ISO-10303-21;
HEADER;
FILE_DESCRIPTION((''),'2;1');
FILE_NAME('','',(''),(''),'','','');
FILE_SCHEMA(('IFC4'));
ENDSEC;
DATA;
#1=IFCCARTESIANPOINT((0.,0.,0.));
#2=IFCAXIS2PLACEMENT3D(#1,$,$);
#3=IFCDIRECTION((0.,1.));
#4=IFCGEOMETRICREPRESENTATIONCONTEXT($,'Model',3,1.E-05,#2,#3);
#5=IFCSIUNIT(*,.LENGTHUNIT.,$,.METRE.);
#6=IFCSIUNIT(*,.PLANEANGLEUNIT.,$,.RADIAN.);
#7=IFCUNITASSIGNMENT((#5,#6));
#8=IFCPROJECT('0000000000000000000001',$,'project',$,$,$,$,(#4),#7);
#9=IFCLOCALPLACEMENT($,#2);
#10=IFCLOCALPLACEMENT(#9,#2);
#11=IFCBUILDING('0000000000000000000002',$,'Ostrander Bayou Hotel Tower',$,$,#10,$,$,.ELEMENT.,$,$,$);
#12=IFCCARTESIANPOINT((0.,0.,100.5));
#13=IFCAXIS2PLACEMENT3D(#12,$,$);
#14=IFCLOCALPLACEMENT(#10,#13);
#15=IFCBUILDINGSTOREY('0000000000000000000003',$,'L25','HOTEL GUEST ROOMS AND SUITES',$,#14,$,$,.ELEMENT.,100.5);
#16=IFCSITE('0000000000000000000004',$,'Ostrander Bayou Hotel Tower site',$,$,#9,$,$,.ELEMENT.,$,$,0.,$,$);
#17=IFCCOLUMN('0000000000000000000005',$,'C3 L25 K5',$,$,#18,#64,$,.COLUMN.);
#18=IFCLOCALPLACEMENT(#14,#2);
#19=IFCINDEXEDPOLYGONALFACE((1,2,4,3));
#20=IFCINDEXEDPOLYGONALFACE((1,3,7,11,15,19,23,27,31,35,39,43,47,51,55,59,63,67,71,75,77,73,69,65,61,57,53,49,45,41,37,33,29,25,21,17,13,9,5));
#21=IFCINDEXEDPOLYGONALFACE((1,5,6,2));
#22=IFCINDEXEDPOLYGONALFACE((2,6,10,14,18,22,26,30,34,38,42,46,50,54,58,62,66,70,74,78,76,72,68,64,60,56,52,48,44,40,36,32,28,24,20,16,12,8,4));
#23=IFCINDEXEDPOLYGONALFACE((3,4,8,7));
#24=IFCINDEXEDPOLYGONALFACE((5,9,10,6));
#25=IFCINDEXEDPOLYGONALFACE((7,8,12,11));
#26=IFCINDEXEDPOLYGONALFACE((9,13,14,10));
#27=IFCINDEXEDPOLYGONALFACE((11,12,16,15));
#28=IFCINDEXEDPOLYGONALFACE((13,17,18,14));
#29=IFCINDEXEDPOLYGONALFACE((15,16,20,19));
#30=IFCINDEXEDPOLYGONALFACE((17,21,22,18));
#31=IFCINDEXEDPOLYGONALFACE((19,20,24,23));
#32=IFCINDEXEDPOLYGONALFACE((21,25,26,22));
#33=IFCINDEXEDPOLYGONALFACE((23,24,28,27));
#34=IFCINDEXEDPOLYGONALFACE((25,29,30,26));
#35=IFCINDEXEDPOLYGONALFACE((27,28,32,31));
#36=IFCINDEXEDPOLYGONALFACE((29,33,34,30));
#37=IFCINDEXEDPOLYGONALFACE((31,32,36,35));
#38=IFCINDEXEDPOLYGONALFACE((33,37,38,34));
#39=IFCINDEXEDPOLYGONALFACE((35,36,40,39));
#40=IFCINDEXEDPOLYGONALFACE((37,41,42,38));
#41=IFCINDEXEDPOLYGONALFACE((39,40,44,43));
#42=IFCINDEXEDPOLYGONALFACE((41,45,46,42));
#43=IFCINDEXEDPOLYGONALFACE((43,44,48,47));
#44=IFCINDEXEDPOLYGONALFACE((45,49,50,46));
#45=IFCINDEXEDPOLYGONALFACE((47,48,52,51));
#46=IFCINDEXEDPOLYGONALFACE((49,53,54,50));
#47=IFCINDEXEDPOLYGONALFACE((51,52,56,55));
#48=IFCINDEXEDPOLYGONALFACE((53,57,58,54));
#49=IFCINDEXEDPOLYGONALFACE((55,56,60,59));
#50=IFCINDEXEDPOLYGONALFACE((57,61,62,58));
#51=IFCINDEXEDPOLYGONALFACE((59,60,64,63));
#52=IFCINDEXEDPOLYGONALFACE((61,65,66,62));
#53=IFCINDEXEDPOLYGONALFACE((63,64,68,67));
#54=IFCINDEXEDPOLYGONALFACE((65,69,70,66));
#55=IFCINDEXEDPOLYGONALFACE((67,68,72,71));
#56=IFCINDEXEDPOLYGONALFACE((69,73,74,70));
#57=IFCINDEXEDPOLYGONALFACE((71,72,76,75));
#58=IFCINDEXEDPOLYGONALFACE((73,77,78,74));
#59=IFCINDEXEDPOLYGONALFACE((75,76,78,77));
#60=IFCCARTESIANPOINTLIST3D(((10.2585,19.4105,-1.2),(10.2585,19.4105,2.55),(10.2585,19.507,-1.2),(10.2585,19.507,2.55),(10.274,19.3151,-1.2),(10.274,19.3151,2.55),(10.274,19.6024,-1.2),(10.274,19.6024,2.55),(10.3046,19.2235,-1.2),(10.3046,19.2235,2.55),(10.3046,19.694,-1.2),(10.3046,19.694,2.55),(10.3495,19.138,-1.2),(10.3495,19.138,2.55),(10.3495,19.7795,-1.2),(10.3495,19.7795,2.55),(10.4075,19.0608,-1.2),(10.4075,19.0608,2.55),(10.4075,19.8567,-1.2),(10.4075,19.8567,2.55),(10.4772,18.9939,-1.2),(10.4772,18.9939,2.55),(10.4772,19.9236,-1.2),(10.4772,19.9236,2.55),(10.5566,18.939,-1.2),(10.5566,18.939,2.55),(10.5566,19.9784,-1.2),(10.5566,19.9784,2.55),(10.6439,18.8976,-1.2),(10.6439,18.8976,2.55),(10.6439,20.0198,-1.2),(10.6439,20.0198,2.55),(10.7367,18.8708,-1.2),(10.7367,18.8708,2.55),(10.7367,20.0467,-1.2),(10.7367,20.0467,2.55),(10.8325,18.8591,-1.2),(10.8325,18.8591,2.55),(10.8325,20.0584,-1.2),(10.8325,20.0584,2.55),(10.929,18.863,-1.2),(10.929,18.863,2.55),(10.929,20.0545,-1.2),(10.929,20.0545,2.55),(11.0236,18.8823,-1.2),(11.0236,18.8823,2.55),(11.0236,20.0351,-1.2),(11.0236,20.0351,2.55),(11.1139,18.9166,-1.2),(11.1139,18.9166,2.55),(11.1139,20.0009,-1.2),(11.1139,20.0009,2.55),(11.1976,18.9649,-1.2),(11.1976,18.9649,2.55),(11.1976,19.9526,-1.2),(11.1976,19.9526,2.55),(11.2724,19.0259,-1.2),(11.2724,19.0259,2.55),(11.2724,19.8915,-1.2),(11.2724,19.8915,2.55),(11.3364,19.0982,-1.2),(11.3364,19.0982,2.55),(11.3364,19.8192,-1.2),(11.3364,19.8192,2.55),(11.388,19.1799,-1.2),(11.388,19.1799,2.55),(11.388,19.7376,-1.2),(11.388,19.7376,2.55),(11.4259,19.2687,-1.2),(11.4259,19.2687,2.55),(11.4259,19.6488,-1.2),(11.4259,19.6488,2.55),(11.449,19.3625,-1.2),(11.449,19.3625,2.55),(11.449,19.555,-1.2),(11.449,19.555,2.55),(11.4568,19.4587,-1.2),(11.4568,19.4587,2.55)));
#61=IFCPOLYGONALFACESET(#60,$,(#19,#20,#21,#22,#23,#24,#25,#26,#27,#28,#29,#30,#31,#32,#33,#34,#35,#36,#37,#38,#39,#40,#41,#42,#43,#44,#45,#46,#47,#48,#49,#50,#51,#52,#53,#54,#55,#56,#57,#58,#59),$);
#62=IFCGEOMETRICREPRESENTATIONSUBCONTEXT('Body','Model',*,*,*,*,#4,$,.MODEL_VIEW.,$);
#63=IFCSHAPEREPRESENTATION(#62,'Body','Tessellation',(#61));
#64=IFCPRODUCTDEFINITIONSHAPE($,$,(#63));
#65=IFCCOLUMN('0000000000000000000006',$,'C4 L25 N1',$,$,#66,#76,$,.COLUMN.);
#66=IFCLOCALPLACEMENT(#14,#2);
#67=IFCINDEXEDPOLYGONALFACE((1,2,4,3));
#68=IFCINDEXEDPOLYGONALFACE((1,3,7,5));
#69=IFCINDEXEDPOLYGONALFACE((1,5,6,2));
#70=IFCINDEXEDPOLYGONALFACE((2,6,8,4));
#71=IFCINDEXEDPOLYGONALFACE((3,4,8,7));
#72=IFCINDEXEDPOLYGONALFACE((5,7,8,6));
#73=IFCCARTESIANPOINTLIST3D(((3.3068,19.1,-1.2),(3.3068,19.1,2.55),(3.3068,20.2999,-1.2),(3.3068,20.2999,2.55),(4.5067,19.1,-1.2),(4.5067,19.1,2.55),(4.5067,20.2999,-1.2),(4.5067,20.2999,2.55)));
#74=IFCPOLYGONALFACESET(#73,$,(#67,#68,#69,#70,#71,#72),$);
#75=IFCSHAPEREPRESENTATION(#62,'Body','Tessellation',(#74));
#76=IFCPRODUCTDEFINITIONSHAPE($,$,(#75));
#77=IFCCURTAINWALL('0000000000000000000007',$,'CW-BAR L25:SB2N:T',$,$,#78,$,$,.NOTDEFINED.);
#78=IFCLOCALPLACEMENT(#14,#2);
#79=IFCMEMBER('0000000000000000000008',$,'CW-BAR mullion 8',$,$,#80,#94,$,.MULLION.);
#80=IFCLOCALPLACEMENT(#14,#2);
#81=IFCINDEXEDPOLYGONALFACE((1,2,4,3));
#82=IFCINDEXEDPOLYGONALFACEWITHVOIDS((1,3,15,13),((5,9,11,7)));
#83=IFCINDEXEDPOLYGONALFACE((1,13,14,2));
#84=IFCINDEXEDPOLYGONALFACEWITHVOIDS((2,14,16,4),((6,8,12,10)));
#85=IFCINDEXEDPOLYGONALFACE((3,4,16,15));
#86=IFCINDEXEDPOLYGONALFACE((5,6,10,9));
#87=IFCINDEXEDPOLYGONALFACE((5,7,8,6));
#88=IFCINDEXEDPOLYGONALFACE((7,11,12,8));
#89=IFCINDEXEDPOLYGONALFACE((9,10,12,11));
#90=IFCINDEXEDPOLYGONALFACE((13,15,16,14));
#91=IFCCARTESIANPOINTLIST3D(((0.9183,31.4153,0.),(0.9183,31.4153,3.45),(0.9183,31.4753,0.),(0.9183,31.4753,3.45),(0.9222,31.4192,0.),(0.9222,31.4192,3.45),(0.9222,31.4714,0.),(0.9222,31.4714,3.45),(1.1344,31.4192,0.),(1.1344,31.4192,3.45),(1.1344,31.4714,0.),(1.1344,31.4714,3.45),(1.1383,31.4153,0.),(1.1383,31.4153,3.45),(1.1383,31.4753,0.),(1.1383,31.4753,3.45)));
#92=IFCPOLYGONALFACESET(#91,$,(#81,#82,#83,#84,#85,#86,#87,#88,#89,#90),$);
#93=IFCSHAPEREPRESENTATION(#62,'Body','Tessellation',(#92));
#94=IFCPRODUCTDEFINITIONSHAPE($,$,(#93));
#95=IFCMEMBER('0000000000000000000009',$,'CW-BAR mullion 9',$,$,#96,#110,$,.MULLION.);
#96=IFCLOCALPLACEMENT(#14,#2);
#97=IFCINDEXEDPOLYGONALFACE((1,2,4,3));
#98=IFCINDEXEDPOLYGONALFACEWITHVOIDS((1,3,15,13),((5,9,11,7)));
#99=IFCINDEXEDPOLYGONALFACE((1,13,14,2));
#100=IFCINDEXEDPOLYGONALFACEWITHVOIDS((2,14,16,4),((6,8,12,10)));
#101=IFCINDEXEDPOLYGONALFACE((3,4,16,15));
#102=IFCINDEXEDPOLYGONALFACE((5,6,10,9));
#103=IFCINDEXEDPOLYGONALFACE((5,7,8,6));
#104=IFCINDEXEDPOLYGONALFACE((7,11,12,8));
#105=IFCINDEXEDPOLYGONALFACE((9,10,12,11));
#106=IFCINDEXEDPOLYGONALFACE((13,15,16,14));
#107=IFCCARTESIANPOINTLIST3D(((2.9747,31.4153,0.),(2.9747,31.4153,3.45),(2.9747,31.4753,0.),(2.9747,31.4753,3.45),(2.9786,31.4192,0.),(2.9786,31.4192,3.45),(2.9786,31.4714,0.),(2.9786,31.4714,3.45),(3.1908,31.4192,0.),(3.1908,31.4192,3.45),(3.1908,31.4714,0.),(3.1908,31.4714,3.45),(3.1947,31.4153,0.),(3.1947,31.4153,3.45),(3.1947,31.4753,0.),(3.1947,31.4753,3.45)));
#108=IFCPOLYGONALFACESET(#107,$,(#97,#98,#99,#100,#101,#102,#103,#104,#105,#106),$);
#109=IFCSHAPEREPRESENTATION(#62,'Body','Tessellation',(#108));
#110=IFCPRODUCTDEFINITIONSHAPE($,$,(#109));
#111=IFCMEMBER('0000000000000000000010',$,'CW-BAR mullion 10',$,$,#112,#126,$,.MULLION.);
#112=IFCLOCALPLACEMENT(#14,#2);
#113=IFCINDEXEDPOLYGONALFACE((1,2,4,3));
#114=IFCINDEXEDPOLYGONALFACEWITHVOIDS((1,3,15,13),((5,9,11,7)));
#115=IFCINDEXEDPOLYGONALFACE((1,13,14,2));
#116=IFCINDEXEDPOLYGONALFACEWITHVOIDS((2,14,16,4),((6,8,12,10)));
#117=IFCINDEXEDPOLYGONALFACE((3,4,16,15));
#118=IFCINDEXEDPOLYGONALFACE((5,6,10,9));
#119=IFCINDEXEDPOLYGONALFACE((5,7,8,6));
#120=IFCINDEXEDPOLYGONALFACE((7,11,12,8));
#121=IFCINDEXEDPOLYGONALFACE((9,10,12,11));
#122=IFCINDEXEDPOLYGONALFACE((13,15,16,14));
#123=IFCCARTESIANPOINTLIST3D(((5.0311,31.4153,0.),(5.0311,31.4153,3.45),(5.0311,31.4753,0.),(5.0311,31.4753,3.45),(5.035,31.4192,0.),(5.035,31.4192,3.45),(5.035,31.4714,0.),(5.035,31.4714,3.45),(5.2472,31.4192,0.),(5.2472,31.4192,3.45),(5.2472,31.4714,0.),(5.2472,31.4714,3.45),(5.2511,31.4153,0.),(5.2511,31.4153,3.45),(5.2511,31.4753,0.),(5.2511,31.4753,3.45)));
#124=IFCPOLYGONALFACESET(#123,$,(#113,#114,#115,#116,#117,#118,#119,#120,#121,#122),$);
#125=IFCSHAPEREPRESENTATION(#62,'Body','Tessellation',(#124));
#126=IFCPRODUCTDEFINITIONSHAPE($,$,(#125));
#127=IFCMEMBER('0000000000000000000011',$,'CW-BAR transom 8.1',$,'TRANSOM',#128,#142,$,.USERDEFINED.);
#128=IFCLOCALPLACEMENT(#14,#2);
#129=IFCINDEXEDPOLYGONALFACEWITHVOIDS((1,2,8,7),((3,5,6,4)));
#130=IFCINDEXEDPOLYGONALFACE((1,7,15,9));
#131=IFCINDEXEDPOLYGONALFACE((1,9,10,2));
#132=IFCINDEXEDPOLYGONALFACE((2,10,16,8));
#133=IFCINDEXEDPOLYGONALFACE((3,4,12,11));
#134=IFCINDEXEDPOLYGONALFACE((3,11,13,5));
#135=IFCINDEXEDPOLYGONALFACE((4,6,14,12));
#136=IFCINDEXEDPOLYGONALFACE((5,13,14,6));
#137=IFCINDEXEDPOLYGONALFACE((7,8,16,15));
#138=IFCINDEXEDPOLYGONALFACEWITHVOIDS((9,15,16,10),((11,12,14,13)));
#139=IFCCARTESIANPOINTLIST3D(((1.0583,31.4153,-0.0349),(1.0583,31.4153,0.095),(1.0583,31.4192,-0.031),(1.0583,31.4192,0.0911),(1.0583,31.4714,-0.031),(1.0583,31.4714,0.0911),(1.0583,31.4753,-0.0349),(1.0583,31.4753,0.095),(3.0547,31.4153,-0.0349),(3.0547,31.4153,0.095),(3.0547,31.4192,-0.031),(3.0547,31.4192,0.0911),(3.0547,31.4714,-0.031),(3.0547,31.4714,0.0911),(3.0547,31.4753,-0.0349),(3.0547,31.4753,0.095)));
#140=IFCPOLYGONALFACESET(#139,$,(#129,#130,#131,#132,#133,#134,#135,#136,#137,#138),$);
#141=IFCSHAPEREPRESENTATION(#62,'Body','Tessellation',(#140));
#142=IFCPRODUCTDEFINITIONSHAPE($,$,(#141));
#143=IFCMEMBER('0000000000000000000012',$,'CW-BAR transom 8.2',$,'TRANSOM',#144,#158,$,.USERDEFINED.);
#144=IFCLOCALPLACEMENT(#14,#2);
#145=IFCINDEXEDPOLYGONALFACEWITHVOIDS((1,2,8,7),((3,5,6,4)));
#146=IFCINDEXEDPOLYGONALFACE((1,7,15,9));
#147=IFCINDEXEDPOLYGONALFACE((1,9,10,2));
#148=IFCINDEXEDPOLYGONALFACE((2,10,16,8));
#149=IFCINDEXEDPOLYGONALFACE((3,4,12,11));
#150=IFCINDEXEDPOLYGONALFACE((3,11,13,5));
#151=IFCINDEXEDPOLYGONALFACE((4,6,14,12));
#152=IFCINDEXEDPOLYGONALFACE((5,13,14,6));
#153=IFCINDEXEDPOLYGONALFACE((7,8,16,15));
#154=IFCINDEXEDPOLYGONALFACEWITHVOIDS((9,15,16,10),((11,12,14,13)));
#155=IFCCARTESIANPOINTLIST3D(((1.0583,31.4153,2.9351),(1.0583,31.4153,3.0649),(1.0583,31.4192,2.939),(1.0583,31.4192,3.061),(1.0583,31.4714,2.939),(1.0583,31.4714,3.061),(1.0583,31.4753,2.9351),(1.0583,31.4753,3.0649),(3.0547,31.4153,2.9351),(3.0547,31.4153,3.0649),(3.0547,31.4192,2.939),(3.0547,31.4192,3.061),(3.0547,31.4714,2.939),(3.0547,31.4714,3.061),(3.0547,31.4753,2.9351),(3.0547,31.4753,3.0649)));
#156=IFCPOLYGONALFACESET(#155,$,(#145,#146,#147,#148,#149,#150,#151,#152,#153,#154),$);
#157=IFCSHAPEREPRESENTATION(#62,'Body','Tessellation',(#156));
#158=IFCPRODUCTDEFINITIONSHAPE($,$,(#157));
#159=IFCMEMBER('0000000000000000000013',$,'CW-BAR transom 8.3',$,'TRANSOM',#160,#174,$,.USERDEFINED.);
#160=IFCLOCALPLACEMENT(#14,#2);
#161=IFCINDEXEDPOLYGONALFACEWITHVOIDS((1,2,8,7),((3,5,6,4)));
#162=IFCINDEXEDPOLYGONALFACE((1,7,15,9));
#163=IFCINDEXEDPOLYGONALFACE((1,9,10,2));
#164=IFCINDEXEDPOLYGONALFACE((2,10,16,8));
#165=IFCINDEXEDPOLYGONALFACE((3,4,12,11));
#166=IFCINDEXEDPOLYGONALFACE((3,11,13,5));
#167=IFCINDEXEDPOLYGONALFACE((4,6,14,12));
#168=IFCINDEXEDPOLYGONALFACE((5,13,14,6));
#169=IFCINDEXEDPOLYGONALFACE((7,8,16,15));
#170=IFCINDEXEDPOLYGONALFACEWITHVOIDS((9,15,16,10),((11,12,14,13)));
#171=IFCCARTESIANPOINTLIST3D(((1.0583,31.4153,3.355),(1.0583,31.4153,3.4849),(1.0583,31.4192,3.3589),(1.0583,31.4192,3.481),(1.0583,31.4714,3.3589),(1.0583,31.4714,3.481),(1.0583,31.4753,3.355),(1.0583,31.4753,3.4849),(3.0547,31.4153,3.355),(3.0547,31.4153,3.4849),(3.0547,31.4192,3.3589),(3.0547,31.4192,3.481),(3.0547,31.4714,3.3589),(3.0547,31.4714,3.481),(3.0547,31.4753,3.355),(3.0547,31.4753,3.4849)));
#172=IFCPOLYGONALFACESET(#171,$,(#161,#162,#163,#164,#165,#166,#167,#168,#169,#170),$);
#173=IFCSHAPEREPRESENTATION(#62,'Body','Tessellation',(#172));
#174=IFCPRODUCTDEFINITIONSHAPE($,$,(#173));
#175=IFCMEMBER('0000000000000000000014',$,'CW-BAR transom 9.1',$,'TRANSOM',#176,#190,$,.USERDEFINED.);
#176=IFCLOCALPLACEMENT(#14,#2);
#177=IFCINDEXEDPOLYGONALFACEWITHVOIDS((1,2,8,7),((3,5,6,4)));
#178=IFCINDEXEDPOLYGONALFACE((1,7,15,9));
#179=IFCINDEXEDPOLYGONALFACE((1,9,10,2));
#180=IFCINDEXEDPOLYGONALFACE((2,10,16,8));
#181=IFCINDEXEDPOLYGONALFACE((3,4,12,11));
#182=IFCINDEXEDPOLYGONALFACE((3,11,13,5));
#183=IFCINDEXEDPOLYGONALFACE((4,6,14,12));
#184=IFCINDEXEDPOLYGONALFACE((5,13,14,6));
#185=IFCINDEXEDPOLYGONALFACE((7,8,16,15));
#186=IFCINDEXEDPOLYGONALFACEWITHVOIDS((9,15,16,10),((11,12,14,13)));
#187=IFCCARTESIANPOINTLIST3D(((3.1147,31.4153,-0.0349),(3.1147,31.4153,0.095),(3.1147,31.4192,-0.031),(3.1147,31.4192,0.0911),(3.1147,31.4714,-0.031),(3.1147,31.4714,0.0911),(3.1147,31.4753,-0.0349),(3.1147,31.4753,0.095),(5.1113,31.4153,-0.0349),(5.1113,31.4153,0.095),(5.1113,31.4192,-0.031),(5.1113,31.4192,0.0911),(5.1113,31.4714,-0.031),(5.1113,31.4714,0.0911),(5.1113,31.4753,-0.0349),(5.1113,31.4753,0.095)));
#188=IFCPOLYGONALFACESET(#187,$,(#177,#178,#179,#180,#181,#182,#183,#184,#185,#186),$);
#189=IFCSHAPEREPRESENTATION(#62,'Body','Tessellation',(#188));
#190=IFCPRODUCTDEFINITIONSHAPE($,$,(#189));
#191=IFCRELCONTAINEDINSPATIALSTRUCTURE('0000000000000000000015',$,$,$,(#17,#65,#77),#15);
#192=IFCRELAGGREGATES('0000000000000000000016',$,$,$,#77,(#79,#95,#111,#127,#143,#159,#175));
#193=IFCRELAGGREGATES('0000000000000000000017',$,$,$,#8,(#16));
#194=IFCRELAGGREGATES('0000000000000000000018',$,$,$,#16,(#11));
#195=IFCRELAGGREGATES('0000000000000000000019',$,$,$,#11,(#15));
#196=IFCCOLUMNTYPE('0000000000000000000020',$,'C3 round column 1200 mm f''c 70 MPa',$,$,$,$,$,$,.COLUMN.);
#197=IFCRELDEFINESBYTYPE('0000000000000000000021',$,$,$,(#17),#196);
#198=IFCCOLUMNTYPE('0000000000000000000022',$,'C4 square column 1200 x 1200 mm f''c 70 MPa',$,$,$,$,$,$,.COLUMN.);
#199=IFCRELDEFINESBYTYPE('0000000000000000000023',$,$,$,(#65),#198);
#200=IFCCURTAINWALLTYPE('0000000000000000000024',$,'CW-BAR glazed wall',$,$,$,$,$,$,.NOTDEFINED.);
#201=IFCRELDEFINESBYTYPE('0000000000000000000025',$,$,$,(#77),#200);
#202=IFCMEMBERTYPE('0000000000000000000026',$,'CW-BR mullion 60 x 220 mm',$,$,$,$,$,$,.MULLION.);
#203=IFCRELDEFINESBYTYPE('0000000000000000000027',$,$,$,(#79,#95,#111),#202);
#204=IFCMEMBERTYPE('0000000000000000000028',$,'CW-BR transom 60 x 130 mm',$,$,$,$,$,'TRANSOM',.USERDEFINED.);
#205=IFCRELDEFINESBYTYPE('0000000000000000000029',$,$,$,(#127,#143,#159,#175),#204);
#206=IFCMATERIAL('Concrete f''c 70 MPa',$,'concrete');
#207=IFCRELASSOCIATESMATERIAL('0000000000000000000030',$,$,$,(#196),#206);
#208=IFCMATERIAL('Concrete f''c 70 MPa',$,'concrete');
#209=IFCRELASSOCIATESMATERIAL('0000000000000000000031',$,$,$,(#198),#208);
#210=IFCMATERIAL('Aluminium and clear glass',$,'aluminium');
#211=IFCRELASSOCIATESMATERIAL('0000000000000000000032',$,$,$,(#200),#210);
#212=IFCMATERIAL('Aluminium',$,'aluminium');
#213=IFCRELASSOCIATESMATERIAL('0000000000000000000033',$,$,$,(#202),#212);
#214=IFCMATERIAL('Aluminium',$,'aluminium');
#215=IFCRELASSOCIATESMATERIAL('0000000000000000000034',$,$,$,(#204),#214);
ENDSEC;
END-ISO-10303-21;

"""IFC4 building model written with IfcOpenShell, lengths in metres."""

from ifc_helpers import new_model, si_unit, direction, frame, origin, origin_2d, place, context, subcontext, project, spatial, rectangle, hollow_rectangle, circle, extrude, material, material_profile, profile_set, type_object, element, aggregate, save


model = new_model("IFC4")

# Units and contexts
model_context = context("Model", 3, precision=1e-05, world=origin(), true_north=direction((0.0, 1.0)))
body_context = subcontext(model_context, "Body", "Model", "MODEL_VIEW")
ifc_project = project(units=[si_unit("LENGTHUNIT", "METRE"), si_unit("PLANEANGLEUNIT", "RADIAN")], contexts=[model_context])

# Site, building, storey
site_placement = place(None, origin())
site = spatial("IfcSite", under=ifc_project, at=site_placement, Name="Ostrander Bayou Hotel Tower site", CompositionType="ELEMENT", RefElevation=0.0)
building_placement = place(site_placement, origin())
building = spatial("IfcBuilding", under=site, at=building_placement, Name="Ostrander Bayou Hotel Tower", CompositionType="ELEMENT")
storey_placement = place(building_placement, frame((0.0, 0.0, 100.5)))
storey = spatial("IfcBuildingStorey", under=building, at=storey_placement, Name="L25", Description="HOTEL GUEST ROOMS AND SUITES", CompositionType="ELEMENT", Elevation=100.5)

# Columns
ifc_material_1 = material(Name="Concrete f'c 70 MPa", Category="concrete")
ifc_material_profile_1 = material_profile(ifc_material_1, circle(Radius=0.6001, at=origin_2d()))
ifc_profile_set_1 = profile_set([ifc_material_profile_1], Name="Concrete f'c 70 MPa")
column_type_1 = type_object("IfcColumnType", Name="C3 round column 1200 mm f'c 70 MPa", PredefinedType="COLUMN", material=ifc_profile_set_1)
column_1_placement = place(storey_placement, frame((10.8567, 19.4587, -1.2), z_axis=(0.0, 0.0, 1.0), x_axis=(1.0, 0.0, 0.0)))
element("IfcColumn", 1, at=column_1_placement, inside=storey, type_object=column_type_1, Name="C3 L25 K5", PredefinedType="COLUMN", context=body_context, shape_type="SweptSolid", body=[
    extrude(circle(Radius=0.6001, at=origin_2d()), origin(), (0.0, 0.0, 1.0), 3.75),
])
ifc_material_2 = material(Name="Concrete f'c 70 MPa", Category="concrete")
ifc_material_profile_2 = material_profile(ifc_material_2, rectangle(XDim=1.2, YDim=1.2, at=origin_2d()))
ifc_profile_set_2 = profile_set([ifc_material_profile_2], Name="Concrete f'c 70 MPa")
column_type_2 = type_object("IfcColumnType", Name="C4 square column 1200 x 1200 mm f'c 70 MPa", PredefinedType="COLUMN", material=ifc_profile_set_2)
column_2_placement = place(storey_placement, frame((3.9067, 19.7, -1.2), z_axis=(0.0, 0.0, 1.0), x_axis=(1.0, 0.0, 0.0)))
element("IfcColumn", 2, at=column_2_placement, inside=storey, type_object=column_type_2, Name="C4 L25 N1", PredefinedType="COLUMN", context=body_context, shape_type="SweptSolid", body=[
    extrude(rectangle(XDim=1.2, YDim=1.2, at=origin_2d()), origin(), (0.0, 0.0, 1.0), 3.75),
])

# Curtain wall, members
ifc_material_3 = material(Name="Aluminium and clear glass", Category="aluminium")
curtain_wall_type = type_object("IfcCurtainWallType", Name="CW-BAR glazed wall", PredefinedType="NOTDEFINED", material=ifc_material_3)
curtain_wall_placement = place(storey_placement, origin())
curtain_wall = element("IfcCurtainWall", 3, at=curtain_wall_placement, inside=storey, type_object=curtain_wall_type, Name="CW-BAR L25:SB2N:T", PredefinedType="NOTDEFINED")
ifc_material_4 = material(Name="Aluminium", Category="aluminium")
ifc_material_profile_3 = material_profile(ifc_material_4, hollow_rectangle(XDim=0.0601, YDim=0.22, WallThickness=0.0039, at=origin_2d()))
ifc_profile_set_3 = profile_set([ifc_material_profile_3], Name="Aluminium")
member_type_1 = type_object("IfcMemberType", Name="CW-BR mullion 60 x 220 mm", PredefinedType="MULLION", material=ifc_profile_set_3)
member_1_placement = place(storey_placement, frame((1.0283, 31.4453, 0.0), z_axis=(0.0, 0.0, 1.0), x_axis=(0.0, 1.0, 0.0)))
member_1 = element("IfcMember", 4, at=member_1_placement, type_object=member_type_1, Name="CW-BAR mullion 8", PredefinedType="MULLION", context=body_context, shape_type="SweptSolid", body=[
    extrude(hollow_rectangle(XDim=0.0601, YDim=0.22, WallThickness=0.0039, at=origin_2d()), origin(), (0.0, 0.0, 1.0), 3.45),
])
member_2_placement = place(storey_placement, frame((3.0847, 31.4453, 0.0), z_axis=(0.0, 0.0, 1.0), x_axis=(0.0, 1.0, 0.0)))
member_2 = element("IfcMember", 5, at=member_2_placement, type_object=member_type_1, Name="CW-BAR mullion 9", PredefinedType="MULLION", context=body_context, shape_type="SweptSolid", body=[
    extrude(hollow_rectangle(XDim=0.0601, YDim=0.22, WallThickness=0.0039, at=origin_2d()), origin(), (0.0, 0.0, 1.0), 3.45),
])
member_3_placement = place(storey_placement, frame((5.1411, 31.4453, 0.0), z_axis=(0.0, 0.0, 1.0), x_axis=(0.0, 1.0, 0.0)))
member_3 = element("IfcMember", 6, at=member_3_placement, type_object=member_type_1, Name="CW-BAR mullion 10", PredefinedType="MULLION", context=body_context, shape_type="SweptSolid", body=[
    extrude(hollow_rectangle(XDim=0.0601, YDim=0.22, WallThickness=0.0039, at=origin_2d()), origin(), (0.0, 0.0, 1.0), 3.45),
])
ifc_material_5 = material(Name="Aluminium", Category="aluminium")
ifc_material_profile_4 = material_profile(ifc_material_5, hollow_rectangle(XDim=0.0601, YDim=0.1299, WallThickness=0.0039, at=origin_2d()))
ifc_profile_set_4 = profile_set([ifc_material_profile_4], Name="Aluminium")
member_type_2 = type_object("IfcMemberType", Name="CW-BR transom 60 x 130 mm", ElementType="TRANSOM", PredefinedType="USERDEFINED", material=ifc_profile_set_4)
member_4_placement = place(storey_placement, frame((1.0583, 31.4453, 0.03), z_axis=(1.0, 0.0, 0.0), x_axis=(0.0, 1.0, 0.0)))
member_4 = element("IfcMember", 7, at=member_4_placement, type_object=member_type_2, Name="CW-BAR transom 8.1", ObjectType="TRANSOM", PredefinedType="USERDEFINED", context=body_context, shape_type="SweptSolid", body=[
    extrude(hollow_rectangle(XDim=0.0601, YDim=0.1299, WallThickness=0.0039, at=origin_2d()), origin(), (0.0, 0.0, 1.0), 1.9963),
])
member_5_placement = place(storey_placement, frame((1.0583, 31.4453, 3.0), z_axis=(1.0, 0.0, 0.0), x_axis=(0.0, 1.0, 0.0)))
member_5 = element("IfcMember", 8, at=member_5_placement, type_object=member_type_2, Name="CW-BAR transom 8.2", ObjectType="TRANSOM", PredefinedType="USERDEFINED", context=body_context, shape_type="SweptSolid", body=[
    extrude(hollow_rectangle(XDim=0.0601, YDim=0.1299, WallThickness=0.0039, at=origin_2d()), origin(), (0.0, 0.0, 1.0), 1.9963),
])
member_6_placement = place(storey_placement, frame((1.0583, 31.4453, 3.4199), z_axis=(1.0, 0.0, 0.0), x_axis=(0.0, 1.0, 0.0)))
member_6 = element("IfcMember", 9, at=member_6_placement, type_object=member_type_2, Name="CW-BAR transom 8.3", ObjectType="TRANSOM", PredefinedType="USERDEFINED", context=body_context, shape_type="SweptSolid", body=[
    extrude(hollow_rectangle(XDim=0.0601, YDim=0.1299, WallThickness=0.0039, at=origin_2d()), origin(), (0.0, 0.0, 1.0), 1.9963),
])
member_7_placement = place(storey_placement, frame((3.1147, 31.4453, 0.03), z_axis=(1.0, 0.0, 0.0), x_axis=(0.0, 1.0, 0.0)))
member_7 = element("IfcMember", 10, at=member_7_placement, type_object=member_type_2, Name="CW-BAR transom 9.1", ObjectType="TRANSOM", PredefinedType="USERDEFINED", context=body_context, shape_type="SweptSolid", body=[
    extrude(hollow_rectangle(XDim=0.0601, YDim=0.1299, WallThickness=0.0039, at=origin_2d()), origin(), (0.0, 0.0, 1.0), 1.9966),
])
aggregate(curtain_wall, [member_1, member_2, member_3, member_4, member_5, member_6, member_7])

save(model, "model.ifc")
